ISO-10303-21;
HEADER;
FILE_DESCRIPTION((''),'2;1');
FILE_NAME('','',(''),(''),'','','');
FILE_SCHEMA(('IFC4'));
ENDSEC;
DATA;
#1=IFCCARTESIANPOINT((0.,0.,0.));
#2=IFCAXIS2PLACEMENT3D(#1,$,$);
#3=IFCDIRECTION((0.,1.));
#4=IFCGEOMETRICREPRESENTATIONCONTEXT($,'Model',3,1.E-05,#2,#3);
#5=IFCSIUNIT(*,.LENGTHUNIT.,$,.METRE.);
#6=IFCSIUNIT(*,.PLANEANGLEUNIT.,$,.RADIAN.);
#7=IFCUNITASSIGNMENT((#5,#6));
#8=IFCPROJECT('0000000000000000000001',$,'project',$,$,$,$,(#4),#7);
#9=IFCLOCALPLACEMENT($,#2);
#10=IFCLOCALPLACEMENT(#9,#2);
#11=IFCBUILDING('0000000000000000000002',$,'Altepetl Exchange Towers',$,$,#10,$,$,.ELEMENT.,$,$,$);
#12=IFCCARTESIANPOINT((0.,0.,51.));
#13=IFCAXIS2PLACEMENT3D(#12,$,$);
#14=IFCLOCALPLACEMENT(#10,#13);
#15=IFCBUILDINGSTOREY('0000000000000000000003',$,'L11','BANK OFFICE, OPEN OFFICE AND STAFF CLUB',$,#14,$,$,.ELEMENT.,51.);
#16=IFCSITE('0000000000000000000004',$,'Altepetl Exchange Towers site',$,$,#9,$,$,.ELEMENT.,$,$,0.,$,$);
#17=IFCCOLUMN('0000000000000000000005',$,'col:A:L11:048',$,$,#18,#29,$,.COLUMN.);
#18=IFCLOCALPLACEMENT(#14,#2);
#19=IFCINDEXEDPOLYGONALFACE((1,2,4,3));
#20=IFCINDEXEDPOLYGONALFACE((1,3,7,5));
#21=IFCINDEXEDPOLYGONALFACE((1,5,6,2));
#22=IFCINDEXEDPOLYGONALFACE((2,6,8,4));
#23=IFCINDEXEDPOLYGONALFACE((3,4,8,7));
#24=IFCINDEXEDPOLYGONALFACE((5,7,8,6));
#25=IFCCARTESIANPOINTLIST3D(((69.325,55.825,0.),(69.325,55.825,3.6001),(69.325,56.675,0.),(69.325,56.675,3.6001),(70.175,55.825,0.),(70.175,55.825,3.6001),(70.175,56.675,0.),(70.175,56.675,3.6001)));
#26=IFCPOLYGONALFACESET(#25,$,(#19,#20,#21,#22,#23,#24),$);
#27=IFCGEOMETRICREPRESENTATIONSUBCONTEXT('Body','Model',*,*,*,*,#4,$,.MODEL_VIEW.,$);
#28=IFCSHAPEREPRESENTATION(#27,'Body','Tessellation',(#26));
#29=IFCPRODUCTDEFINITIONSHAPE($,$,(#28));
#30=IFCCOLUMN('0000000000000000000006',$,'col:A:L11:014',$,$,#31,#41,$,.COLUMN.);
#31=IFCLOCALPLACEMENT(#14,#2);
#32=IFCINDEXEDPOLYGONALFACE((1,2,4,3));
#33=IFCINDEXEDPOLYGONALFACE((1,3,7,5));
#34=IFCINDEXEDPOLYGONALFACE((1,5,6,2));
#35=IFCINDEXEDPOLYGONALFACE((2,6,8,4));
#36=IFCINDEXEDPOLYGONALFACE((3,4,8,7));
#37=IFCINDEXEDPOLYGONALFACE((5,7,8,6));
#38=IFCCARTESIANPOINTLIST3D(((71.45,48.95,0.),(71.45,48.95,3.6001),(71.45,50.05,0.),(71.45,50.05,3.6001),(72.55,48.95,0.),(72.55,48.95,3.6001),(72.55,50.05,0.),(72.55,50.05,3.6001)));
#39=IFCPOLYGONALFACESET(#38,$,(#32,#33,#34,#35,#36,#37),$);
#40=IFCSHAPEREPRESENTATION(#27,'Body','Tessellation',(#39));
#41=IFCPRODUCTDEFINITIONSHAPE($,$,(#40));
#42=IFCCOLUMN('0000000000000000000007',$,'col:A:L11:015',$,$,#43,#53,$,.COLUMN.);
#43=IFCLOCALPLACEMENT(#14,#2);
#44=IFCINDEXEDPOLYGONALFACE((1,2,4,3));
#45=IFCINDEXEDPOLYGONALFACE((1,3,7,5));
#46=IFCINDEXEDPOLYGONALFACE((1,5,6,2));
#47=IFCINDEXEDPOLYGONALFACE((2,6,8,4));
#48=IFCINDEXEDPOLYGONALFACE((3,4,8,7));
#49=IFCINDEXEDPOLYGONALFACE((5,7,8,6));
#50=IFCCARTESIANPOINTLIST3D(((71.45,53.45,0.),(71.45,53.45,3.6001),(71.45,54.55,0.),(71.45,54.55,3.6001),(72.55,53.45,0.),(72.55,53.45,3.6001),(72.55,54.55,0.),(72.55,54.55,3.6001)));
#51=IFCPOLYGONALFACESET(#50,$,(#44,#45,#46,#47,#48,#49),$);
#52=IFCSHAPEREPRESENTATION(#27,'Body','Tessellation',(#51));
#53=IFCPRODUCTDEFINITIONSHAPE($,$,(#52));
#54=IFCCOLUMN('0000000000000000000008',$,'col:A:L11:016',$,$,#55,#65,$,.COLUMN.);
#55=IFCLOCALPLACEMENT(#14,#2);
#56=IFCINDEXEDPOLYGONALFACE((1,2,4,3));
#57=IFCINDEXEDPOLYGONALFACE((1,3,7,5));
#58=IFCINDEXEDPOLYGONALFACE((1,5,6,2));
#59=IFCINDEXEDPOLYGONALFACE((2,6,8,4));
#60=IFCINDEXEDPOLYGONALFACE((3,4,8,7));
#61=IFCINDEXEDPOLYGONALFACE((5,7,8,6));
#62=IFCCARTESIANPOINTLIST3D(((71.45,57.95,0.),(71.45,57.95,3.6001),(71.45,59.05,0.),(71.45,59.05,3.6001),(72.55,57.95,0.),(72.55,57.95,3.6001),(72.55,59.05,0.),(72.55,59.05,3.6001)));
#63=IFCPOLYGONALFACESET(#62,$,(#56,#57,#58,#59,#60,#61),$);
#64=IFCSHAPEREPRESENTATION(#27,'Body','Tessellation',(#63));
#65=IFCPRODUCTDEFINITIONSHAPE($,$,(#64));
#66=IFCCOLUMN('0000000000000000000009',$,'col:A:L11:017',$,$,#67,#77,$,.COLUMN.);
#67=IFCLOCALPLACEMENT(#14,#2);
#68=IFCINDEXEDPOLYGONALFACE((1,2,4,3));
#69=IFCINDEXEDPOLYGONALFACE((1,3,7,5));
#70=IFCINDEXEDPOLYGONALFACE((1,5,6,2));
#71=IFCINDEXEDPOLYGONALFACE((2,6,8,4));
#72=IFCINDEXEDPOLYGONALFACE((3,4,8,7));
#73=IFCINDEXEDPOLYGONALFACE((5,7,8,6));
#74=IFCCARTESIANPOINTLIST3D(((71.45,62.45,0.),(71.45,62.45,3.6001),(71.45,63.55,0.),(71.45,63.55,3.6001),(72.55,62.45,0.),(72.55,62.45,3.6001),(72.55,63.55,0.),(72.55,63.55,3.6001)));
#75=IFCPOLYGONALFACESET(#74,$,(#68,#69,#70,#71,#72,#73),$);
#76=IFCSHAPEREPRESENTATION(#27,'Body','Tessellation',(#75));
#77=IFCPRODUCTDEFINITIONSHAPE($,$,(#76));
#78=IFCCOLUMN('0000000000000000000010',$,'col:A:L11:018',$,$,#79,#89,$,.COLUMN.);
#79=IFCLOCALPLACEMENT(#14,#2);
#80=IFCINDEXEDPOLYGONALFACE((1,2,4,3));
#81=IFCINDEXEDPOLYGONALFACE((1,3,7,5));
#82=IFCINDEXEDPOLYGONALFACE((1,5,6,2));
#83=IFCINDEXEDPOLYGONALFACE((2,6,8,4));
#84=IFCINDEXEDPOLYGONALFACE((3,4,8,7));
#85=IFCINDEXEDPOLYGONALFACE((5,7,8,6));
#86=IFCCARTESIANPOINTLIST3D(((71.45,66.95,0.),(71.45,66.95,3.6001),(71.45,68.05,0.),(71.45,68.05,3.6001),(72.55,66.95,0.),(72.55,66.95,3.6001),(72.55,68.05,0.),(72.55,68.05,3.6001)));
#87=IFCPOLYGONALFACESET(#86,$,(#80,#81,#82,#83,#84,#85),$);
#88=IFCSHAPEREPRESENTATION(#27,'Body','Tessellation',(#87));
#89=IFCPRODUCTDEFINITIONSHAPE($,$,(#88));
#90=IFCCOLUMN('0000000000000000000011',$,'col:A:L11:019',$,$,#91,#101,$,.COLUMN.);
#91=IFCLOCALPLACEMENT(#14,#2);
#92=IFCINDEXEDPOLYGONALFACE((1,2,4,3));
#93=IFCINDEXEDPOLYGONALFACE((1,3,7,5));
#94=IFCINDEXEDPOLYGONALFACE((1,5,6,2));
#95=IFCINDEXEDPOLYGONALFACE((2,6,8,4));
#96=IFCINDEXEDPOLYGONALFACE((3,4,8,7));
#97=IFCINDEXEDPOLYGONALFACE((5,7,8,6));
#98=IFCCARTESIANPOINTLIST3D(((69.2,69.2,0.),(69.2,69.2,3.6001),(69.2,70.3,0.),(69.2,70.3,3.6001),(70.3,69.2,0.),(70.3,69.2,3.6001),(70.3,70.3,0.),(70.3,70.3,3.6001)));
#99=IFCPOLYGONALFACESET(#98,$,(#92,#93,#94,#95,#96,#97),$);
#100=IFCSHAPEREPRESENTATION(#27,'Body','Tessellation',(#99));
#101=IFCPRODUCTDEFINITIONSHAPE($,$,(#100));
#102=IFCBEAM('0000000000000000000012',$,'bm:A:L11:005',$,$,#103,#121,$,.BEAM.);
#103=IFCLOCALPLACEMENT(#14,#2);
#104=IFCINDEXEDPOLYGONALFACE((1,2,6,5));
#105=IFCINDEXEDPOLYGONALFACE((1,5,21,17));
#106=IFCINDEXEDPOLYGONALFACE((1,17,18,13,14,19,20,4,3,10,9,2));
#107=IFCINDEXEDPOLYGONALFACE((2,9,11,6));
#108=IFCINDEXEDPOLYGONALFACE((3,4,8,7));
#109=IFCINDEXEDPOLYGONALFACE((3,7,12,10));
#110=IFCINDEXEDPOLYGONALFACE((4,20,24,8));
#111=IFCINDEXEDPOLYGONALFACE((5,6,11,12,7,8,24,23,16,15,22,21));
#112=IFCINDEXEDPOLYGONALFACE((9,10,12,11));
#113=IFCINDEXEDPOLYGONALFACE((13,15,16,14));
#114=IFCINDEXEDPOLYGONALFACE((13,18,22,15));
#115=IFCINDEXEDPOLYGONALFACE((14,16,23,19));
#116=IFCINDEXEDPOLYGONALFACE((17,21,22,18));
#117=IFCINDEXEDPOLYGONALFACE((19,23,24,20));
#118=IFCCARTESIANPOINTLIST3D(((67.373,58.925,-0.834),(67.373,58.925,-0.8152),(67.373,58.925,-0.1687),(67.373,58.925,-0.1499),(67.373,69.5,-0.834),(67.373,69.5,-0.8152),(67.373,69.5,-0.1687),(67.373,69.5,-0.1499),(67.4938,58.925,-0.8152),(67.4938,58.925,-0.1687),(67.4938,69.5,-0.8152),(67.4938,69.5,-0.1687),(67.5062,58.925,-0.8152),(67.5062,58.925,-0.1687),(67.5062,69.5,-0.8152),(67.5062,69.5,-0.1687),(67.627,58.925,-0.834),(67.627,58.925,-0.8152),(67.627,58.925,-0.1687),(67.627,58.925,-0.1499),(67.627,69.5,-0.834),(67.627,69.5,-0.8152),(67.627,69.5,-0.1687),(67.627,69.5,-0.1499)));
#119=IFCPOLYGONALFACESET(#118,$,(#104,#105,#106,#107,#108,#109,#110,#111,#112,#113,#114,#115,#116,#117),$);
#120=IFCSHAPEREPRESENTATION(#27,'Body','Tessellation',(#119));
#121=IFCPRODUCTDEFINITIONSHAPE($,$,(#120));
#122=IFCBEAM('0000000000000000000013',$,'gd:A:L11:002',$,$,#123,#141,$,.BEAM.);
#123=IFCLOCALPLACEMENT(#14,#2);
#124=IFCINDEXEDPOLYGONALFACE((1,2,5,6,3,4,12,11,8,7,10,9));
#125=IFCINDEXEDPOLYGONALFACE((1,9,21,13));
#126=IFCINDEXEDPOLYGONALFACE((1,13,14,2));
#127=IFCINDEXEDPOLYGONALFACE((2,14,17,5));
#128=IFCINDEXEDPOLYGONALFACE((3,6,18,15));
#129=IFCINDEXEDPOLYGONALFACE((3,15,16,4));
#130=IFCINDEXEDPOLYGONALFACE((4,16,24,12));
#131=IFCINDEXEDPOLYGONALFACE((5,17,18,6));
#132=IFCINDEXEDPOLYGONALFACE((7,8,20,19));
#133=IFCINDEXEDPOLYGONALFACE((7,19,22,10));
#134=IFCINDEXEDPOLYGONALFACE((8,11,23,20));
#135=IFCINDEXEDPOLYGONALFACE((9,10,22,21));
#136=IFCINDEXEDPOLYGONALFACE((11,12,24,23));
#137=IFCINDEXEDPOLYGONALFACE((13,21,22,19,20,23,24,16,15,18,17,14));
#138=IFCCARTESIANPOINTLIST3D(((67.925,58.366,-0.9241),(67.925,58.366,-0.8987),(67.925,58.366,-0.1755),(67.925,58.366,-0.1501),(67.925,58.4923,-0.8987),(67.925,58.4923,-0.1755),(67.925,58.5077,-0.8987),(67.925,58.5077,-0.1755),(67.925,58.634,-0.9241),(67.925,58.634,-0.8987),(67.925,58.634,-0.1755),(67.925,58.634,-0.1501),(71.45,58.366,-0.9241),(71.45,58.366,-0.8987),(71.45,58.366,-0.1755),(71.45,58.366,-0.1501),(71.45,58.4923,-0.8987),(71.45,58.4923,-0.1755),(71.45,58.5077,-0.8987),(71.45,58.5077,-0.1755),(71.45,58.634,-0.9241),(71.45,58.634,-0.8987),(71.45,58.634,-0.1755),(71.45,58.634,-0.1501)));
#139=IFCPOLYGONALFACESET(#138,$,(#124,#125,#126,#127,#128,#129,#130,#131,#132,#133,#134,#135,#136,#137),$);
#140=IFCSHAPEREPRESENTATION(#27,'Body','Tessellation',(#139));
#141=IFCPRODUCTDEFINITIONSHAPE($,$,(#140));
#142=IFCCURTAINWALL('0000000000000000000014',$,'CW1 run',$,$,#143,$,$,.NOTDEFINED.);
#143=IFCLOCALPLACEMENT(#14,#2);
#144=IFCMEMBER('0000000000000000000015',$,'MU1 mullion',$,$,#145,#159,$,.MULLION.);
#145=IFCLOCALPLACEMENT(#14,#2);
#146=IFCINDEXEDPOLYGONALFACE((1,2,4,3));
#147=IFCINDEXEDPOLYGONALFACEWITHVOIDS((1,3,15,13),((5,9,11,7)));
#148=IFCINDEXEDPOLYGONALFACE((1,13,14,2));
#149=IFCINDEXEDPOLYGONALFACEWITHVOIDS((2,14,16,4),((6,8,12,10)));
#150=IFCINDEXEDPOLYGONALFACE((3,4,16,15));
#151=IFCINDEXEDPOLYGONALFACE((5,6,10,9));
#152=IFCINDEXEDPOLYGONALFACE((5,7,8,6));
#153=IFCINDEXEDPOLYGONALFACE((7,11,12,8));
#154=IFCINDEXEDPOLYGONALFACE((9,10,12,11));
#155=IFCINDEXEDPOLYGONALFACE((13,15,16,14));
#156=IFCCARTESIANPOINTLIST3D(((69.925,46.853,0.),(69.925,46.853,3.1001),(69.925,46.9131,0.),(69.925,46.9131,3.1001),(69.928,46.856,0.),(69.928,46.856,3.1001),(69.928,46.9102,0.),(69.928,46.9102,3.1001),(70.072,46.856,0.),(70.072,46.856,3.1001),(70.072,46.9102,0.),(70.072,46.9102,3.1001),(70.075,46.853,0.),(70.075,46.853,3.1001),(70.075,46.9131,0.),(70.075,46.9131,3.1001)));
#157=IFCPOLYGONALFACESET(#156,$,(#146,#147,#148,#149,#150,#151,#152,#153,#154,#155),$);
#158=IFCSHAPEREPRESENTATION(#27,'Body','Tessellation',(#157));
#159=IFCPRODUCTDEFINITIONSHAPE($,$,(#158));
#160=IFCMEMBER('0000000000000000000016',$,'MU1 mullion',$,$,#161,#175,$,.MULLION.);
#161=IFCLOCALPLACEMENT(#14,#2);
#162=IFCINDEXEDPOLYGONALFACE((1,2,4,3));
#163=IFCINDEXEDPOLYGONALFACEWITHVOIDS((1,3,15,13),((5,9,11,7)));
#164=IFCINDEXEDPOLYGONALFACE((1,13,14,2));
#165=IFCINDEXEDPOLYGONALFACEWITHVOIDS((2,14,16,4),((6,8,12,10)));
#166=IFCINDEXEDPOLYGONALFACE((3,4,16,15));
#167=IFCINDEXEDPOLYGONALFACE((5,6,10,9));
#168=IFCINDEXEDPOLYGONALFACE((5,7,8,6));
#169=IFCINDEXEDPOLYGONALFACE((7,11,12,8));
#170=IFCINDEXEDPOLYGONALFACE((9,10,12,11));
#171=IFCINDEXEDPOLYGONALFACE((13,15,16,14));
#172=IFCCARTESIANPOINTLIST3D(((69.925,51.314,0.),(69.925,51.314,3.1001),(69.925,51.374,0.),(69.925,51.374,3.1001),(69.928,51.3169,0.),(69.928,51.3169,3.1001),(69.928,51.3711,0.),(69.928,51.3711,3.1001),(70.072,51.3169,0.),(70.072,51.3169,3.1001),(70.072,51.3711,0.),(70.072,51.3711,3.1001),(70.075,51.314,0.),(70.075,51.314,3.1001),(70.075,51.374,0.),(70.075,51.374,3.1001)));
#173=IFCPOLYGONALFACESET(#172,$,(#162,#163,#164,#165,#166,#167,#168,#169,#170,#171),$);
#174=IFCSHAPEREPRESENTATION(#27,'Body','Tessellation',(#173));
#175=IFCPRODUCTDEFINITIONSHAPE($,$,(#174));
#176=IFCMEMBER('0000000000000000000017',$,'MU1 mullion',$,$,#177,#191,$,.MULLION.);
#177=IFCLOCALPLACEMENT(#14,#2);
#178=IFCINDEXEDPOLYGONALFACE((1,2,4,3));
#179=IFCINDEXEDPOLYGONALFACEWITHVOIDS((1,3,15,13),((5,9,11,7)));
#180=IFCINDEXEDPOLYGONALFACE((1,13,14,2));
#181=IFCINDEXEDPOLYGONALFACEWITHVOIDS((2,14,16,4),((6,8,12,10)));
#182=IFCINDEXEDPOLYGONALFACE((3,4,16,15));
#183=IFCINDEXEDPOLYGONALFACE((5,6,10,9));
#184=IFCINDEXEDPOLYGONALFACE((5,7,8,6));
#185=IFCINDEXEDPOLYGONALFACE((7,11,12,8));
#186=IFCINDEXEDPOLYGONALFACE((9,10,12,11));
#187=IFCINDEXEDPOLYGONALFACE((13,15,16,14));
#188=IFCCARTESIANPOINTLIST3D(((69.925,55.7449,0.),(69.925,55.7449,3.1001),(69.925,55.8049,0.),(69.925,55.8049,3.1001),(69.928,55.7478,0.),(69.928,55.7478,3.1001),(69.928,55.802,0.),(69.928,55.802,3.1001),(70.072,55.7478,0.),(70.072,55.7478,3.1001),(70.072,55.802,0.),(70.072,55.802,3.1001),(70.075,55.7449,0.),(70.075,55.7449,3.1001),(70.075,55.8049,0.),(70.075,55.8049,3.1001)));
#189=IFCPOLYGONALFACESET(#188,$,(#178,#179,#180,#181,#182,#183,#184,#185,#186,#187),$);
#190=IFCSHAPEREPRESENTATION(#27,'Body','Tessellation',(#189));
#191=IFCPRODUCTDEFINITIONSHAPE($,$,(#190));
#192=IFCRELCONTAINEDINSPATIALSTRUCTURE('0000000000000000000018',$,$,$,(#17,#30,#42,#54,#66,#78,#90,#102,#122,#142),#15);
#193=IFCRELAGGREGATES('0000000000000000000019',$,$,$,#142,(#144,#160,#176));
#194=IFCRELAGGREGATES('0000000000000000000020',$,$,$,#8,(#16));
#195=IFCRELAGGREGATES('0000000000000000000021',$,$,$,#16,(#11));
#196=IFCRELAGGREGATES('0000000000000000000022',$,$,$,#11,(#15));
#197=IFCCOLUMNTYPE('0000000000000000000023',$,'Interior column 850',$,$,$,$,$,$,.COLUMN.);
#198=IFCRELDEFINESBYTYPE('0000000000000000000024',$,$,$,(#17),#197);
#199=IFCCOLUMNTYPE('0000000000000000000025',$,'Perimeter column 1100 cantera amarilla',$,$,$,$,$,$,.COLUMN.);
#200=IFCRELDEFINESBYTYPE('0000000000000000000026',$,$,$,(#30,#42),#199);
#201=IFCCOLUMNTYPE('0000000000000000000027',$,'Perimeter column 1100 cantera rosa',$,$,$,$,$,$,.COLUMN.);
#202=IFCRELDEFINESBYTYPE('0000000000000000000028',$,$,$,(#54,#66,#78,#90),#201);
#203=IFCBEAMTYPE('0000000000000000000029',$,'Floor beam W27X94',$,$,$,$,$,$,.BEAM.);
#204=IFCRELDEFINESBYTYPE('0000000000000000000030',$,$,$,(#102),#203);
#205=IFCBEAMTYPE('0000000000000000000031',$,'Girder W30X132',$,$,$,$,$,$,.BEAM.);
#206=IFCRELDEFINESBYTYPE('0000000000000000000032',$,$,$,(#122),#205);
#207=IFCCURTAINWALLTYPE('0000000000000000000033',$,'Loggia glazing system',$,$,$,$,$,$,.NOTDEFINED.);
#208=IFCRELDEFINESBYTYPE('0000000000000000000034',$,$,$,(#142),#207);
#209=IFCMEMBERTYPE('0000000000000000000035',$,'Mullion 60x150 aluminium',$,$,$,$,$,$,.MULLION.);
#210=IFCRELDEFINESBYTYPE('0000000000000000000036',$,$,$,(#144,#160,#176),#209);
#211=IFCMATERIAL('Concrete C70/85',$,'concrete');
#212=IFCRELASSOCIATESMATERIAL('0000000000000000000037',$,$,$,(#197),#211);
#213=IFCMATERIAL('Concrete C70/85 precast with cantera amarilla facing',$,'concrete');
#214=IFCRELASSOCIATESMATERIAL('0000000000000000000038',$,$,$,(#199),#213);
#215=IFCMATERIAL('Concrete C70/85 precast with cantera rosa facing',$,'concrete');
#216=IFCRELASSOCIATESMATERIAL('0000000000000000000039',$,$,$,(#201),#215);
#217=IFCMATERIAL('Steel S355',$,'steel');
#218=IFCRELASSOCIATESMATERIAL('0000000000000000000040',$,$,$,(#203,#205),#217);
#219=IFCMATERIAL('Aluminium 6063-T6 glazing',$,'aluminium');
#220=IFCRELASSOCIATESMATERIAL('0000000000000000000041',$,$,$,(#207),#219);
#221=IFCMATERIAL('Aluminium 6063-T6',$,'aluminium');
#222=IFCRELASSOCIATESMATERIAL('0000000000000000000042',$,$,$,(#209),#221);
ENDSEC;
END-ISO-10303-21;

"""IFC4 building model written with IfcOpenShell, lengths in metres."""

from ifc_helpers import new_model, si_unit, direction, frame, origin, origin_2d, place, context, subcontext, project, spatial, rectangle, hollow_rectangle, i_section, extrude, material, material_profile, profile_set, type_object, element, aggregate, save


model = new_model("IFC4")

# Units and contexts
model_context = context("Model", 3, precision=1e-05, world=origin(), true_north=direction((0.0, 1.0)))
body_context = subcontext(model_context, "Body", "Model", "MODEL_VIEW")
ifc_project = project(units=[si_unit("LENGTHUNIT", "METRE"), si_unit("PLANEANGLEUNIT", "RADIAN")], contexts=[model_context])

# Site, building, storey
site_placement = place(None, origin())
site = spatial("IfcSite", under=ifc_project, at=site_placement, Name="Altepetl Exchange Towers site", CompositionType="ELEMENT", RefElevation=0.0)
building_placement = place(site_placement, origin())
building = spatial("IfcBuilding", under=site, at=building_placement, Name="Altepetl Exchange Towers", CompositionType="ELEMENT")
storey_placement = place(building_placement, frame((0.0, 0.0, 51.0)))
storey = spatial("IfcBuildingStorey", under=building, at=storey_placement, Name="L11", Description="BANK OFFICE, OPEN OFFICE AND STAFF CLUB", CompositionType="ELEMENT", Elevation=51.0)

# Columns
ifc_material_1 = material(Name="Concrete C70/85", Category="concrete")
ifc_material_profile_1 = material_profile(ifc_material_1, rectangle(XDim=0.8501, YDim=0.8501, at=origin_2d()), Name="850 x 850")
ifc_profile_set_1 = profile_set([ifc_material_profile_1], Name="Concrete C70/85")
column_type_1 = type_object("IfcColumnType", Name="Interior column 850", PredefinedType="COLUMN", material=ifc_profile_set_1)
column_placement = place(storey_placement, frame((69.75, 56.25, 0.0)))
element("IfcColumn", 1, at=column_placement, inside=storey, type_object=column_type_1, Name="col:A:L11:048", PredefinedType="COLUMN", context=body_context, shape_type="SweptSolid", body=[
    extrude(rectangle(XDim=0.8501, YDim=0.8501, at=origin_2d()), origin(), (0.0, 0.0, 1.0), 3.6001),
])
ifc_material_2 = material(Name="Concrete C70/85 precast with cantera amarilla facing", Category="concrete")
ifc_material_profile_2 = material_profile(ifc_material_2, rectangle(XDim=1.1001, YDim=1.1001, at=origin_2d()), Name="1100 x 1100")
ifc_profile_set_2 = profile_set([ifc_material_profile_2], Name="Concrete C70/85 precast with cantera amarilla facing")
column_type_2 = type_object("IfcColumnType", Name="Perimeter column 1100 cantera amarilla", PredefinedType="COLUMN", material=ifc_profile_set_2)
for number, where, name in (
    (2, (72.0, 49.5, 0.0), "col:A:L11:014"),
    (3, (72.0, 54.0, 0.0), "col:A:L11:015"),
):
    element("IfcColumn", number, at=place(storey_placement, frame(where)), inside=storey, type_object=column_type_2, Name=name, PredefinedType="COLUMN", context=body_context, shape_type="SweptSolid", body=[
        extrude(rectangle(XDim=1.1001, YDim=1.1001, at=origin_2d()), origin(), (0.0, 0.0, 1.0), 3.6001),
    ])
ifc_material_3 = material(Name="Concrete C70/85 precast with cantera rosa facing", Category="concrete")
ifc_material_profile_3 = material_profile(ifc_material_3, rectangle(XDim=1.1001, YDim=1.1001, at=origin_2d()), Name="1100 x 1100")
ifc_profile_set_3 = profile_set([ifc_material_profile_3], Name="Concrete C70/85 precast with cantera rosa facing")
column_type_3 = type_object("IfcColumnType", Name="Perimeter column 1100 cantera rosa", PredefinedType="COLUMN", material=ifc_profile_set_3)
for number, where, name in (
    (4, (72.0, 58.5, 0.0), "col:A:L11:016"),
    (5, (72.0, 63.0, 0.0), "col:A:L11:017"),
    (6, (72.0, 67.5, 0.0), "col:A:L11:018"),
    (7, (69.75, 69.75, 0.0), "col:A:L11:019"),
):
    element("IfcColumn", number, at=place(storey_placement, frame(where)), inside=storey, type_object=column_type_3, Name=name, PredefinedType="COLUMN", context=body_context, shape_type="SweptSolid", body=[
        extrude(rectangle(XDim=1.1001, YDim=1.1001, at=origin_2d()), origin(), (0.0, 0.0, 1.0), 3.6001),
    ])

# Beams
ifc_material_4 = material(Name="Steel S355", Category="steel")
ifc_material_profile_4 = material_profile(ifc_material_4, i_section(OverallWidth=0.2539, OverallDepth=0.6841, WebThickness=0.0125, FlangeThickness=0.0188, at=origin_2d()), Name="W27X94")
ifc_profile_set_4 = profile_set([ifc_material_profile_4], Name="Steel S355")
beam_type_1 = type_object("IfcBeamType", Name="Floor beam W27X94", PredefinedType="BEAM", material=ifc_profile_set_4)
beam_1_placement = place(storey_placement, frame((67.5, 58.925, -0.4919), z_axis=(0.0, 1.0, 0.0), x_axis=(-1.0, 0.0, 0.0)))
element("IfcBeam", 8, at=beam_1_placement, inside=storey, type_object=beam_type_1, Name="bm:A:L11:005", PredefinedType="BEAM", context=body_context, shape_type="SweptSolid", body=[
    extrude(i_section(OverallWidth=0.2539, OverallDepth=0.6841, WebThickness=0.0125, FlangeThickness=0.0188, at=origin_2d()), origin(), (0.0, 0.0, 1.0), 10.575),
])
ifc_material_profile_5 = material_profile(ifc_material_4, i_section(OverallWidth=0.2681, OverallDepth=0.7739, WebThickness=0.0154, FlangeThickness=0.0254, at=origin_2d()), Name="W30X132")
ifc_profile_set_5 = profile_set([ifc_material_profile_5], Name="Steel S355")
beam_type_2 = type_object("IfcBeamType", Name="Girder W30X132", PredefinedType="BEAM", material=ifc_profile_set_5)
beam_2_placement = place(storey_placement, frame((67.925, 58.5, -0.5371), z_axis=(1.0, 0.0, 0.0), x_axis=(0.0, 1.0, 0.0)))
element("IfcBeam", 9, at=beam_2_placement, inside=storey, type_object=beam_type_2, Name="gd:A:L11:002", PredefinedType="BEAM", context=body_context, shape_type="SweptSolid", body=[
    extrude(i_section(OverallWidth=0.2681, OverallDepth=0.7739, WebThickness=0.0154, FlangeThickness=0.0254, at=origin_2d()), origin(), (0.0, 0.0, 1.0), 3.5249),
])

# Curtain wall, members
ifc_material_5 = material(Name="Aluminium 6063-T6 glazing", Category="aluminium")
curtain_wall_type = type_object("IfcCurtainWallType", Name="Loggia glazing system", PredefinedType="NOTDEFINED", material=ifc_material_5)
curtain_wall_1_placement = place(storey_placement, origin())
curtain_wall_1 = element("IfcCurtainWall", 10, at=curtain_wall_1_placement, inside=storey, type_object=curtain_wall_type, Name="CW1 run", PredefinedType="NOTDEFINED")
ifc_material_6 = material(Name="Aluminium 6063-T6", Category="aluminium")
ifc_material_profile_6 = material_profile(ifc_material_6, hollow_rectangle(XDim=0.0601, YDim=0.1499, WallThickness=0.0029, at=origin_2d()), Name="Mullion 60x150 aluminium")
ifc_profile_set_6 = profile_set([ifc_material_profile_6], Name="Aluminium 6063-T6")
member_type = type_object("IfcMemberType", Name="Mullion 60x150 aluminium", PredefinedType="MULLION", material=ifc_profile_set_6)
member_1_placement = place(storey_placement, frame((70.0, 46.8831, 0.0), z_axis=(0.0, 0.0, 1.0), x_axis=(0.0, 1.0, 0.0)))
member_1 = element("IfcMember", 11, at=member_1_placement, type_object=member_type, Name="MU1 mullion", PredefinedType="MULLION", context=body_context, shape_type="SweptSolid", body=[
    extrude(hollow_rectangle(XDim=0.0601, YDim=0.1499, WallThickness=0.0029, at=origin_2d()), origin(), (0.0, 0.0, 1.0), 3.1001),
])
member_2_placement = place(storey_placement, frame((70.0, 51.344, 0.0), z_axis=(0.0, 0.0, 1.0), x_axis=(0.0, 1.0, 0.0)))
member_2 = element("IfcMember", 12, at=member_2_placement, type_object=member_type, Name="MU1 mullion", PredefinedType="MULLION", context=body_context, shape_type="SweptSolid", body=[
    extrude(hollow_rectangle(XDim=0.0601, YDim=0.1499, WallThickness=0.0029, at=origin_2d()), origin(), (0.0, 0.0, 1.0), 3.1001),
])
member_3_placement = place(storey_placement, frame((70.0, 55.7749, 0.0), z_axis=(0.0, 0.0, 1.0), x_axis=(0.0, 1.0, 0.0)))
member_3 = element("IfcMember", 13, at=member_3_placement, type_object=member_type, Name="MU1 mullion", PredefinedType="MULLION", context=body_context, shape_type="SweptSolid", body=[
    extrude(hollow_rectangle(XDim=0.0601, YDim=0.1499, WallThickness=0.0029, at=origin_2d()), origin(), (0.0, 0.0, 1.0), 3.1001),
])

aggregate(curtain_wall_1, [member_1, member_2, member_3])

save(model, "model.ifc")
